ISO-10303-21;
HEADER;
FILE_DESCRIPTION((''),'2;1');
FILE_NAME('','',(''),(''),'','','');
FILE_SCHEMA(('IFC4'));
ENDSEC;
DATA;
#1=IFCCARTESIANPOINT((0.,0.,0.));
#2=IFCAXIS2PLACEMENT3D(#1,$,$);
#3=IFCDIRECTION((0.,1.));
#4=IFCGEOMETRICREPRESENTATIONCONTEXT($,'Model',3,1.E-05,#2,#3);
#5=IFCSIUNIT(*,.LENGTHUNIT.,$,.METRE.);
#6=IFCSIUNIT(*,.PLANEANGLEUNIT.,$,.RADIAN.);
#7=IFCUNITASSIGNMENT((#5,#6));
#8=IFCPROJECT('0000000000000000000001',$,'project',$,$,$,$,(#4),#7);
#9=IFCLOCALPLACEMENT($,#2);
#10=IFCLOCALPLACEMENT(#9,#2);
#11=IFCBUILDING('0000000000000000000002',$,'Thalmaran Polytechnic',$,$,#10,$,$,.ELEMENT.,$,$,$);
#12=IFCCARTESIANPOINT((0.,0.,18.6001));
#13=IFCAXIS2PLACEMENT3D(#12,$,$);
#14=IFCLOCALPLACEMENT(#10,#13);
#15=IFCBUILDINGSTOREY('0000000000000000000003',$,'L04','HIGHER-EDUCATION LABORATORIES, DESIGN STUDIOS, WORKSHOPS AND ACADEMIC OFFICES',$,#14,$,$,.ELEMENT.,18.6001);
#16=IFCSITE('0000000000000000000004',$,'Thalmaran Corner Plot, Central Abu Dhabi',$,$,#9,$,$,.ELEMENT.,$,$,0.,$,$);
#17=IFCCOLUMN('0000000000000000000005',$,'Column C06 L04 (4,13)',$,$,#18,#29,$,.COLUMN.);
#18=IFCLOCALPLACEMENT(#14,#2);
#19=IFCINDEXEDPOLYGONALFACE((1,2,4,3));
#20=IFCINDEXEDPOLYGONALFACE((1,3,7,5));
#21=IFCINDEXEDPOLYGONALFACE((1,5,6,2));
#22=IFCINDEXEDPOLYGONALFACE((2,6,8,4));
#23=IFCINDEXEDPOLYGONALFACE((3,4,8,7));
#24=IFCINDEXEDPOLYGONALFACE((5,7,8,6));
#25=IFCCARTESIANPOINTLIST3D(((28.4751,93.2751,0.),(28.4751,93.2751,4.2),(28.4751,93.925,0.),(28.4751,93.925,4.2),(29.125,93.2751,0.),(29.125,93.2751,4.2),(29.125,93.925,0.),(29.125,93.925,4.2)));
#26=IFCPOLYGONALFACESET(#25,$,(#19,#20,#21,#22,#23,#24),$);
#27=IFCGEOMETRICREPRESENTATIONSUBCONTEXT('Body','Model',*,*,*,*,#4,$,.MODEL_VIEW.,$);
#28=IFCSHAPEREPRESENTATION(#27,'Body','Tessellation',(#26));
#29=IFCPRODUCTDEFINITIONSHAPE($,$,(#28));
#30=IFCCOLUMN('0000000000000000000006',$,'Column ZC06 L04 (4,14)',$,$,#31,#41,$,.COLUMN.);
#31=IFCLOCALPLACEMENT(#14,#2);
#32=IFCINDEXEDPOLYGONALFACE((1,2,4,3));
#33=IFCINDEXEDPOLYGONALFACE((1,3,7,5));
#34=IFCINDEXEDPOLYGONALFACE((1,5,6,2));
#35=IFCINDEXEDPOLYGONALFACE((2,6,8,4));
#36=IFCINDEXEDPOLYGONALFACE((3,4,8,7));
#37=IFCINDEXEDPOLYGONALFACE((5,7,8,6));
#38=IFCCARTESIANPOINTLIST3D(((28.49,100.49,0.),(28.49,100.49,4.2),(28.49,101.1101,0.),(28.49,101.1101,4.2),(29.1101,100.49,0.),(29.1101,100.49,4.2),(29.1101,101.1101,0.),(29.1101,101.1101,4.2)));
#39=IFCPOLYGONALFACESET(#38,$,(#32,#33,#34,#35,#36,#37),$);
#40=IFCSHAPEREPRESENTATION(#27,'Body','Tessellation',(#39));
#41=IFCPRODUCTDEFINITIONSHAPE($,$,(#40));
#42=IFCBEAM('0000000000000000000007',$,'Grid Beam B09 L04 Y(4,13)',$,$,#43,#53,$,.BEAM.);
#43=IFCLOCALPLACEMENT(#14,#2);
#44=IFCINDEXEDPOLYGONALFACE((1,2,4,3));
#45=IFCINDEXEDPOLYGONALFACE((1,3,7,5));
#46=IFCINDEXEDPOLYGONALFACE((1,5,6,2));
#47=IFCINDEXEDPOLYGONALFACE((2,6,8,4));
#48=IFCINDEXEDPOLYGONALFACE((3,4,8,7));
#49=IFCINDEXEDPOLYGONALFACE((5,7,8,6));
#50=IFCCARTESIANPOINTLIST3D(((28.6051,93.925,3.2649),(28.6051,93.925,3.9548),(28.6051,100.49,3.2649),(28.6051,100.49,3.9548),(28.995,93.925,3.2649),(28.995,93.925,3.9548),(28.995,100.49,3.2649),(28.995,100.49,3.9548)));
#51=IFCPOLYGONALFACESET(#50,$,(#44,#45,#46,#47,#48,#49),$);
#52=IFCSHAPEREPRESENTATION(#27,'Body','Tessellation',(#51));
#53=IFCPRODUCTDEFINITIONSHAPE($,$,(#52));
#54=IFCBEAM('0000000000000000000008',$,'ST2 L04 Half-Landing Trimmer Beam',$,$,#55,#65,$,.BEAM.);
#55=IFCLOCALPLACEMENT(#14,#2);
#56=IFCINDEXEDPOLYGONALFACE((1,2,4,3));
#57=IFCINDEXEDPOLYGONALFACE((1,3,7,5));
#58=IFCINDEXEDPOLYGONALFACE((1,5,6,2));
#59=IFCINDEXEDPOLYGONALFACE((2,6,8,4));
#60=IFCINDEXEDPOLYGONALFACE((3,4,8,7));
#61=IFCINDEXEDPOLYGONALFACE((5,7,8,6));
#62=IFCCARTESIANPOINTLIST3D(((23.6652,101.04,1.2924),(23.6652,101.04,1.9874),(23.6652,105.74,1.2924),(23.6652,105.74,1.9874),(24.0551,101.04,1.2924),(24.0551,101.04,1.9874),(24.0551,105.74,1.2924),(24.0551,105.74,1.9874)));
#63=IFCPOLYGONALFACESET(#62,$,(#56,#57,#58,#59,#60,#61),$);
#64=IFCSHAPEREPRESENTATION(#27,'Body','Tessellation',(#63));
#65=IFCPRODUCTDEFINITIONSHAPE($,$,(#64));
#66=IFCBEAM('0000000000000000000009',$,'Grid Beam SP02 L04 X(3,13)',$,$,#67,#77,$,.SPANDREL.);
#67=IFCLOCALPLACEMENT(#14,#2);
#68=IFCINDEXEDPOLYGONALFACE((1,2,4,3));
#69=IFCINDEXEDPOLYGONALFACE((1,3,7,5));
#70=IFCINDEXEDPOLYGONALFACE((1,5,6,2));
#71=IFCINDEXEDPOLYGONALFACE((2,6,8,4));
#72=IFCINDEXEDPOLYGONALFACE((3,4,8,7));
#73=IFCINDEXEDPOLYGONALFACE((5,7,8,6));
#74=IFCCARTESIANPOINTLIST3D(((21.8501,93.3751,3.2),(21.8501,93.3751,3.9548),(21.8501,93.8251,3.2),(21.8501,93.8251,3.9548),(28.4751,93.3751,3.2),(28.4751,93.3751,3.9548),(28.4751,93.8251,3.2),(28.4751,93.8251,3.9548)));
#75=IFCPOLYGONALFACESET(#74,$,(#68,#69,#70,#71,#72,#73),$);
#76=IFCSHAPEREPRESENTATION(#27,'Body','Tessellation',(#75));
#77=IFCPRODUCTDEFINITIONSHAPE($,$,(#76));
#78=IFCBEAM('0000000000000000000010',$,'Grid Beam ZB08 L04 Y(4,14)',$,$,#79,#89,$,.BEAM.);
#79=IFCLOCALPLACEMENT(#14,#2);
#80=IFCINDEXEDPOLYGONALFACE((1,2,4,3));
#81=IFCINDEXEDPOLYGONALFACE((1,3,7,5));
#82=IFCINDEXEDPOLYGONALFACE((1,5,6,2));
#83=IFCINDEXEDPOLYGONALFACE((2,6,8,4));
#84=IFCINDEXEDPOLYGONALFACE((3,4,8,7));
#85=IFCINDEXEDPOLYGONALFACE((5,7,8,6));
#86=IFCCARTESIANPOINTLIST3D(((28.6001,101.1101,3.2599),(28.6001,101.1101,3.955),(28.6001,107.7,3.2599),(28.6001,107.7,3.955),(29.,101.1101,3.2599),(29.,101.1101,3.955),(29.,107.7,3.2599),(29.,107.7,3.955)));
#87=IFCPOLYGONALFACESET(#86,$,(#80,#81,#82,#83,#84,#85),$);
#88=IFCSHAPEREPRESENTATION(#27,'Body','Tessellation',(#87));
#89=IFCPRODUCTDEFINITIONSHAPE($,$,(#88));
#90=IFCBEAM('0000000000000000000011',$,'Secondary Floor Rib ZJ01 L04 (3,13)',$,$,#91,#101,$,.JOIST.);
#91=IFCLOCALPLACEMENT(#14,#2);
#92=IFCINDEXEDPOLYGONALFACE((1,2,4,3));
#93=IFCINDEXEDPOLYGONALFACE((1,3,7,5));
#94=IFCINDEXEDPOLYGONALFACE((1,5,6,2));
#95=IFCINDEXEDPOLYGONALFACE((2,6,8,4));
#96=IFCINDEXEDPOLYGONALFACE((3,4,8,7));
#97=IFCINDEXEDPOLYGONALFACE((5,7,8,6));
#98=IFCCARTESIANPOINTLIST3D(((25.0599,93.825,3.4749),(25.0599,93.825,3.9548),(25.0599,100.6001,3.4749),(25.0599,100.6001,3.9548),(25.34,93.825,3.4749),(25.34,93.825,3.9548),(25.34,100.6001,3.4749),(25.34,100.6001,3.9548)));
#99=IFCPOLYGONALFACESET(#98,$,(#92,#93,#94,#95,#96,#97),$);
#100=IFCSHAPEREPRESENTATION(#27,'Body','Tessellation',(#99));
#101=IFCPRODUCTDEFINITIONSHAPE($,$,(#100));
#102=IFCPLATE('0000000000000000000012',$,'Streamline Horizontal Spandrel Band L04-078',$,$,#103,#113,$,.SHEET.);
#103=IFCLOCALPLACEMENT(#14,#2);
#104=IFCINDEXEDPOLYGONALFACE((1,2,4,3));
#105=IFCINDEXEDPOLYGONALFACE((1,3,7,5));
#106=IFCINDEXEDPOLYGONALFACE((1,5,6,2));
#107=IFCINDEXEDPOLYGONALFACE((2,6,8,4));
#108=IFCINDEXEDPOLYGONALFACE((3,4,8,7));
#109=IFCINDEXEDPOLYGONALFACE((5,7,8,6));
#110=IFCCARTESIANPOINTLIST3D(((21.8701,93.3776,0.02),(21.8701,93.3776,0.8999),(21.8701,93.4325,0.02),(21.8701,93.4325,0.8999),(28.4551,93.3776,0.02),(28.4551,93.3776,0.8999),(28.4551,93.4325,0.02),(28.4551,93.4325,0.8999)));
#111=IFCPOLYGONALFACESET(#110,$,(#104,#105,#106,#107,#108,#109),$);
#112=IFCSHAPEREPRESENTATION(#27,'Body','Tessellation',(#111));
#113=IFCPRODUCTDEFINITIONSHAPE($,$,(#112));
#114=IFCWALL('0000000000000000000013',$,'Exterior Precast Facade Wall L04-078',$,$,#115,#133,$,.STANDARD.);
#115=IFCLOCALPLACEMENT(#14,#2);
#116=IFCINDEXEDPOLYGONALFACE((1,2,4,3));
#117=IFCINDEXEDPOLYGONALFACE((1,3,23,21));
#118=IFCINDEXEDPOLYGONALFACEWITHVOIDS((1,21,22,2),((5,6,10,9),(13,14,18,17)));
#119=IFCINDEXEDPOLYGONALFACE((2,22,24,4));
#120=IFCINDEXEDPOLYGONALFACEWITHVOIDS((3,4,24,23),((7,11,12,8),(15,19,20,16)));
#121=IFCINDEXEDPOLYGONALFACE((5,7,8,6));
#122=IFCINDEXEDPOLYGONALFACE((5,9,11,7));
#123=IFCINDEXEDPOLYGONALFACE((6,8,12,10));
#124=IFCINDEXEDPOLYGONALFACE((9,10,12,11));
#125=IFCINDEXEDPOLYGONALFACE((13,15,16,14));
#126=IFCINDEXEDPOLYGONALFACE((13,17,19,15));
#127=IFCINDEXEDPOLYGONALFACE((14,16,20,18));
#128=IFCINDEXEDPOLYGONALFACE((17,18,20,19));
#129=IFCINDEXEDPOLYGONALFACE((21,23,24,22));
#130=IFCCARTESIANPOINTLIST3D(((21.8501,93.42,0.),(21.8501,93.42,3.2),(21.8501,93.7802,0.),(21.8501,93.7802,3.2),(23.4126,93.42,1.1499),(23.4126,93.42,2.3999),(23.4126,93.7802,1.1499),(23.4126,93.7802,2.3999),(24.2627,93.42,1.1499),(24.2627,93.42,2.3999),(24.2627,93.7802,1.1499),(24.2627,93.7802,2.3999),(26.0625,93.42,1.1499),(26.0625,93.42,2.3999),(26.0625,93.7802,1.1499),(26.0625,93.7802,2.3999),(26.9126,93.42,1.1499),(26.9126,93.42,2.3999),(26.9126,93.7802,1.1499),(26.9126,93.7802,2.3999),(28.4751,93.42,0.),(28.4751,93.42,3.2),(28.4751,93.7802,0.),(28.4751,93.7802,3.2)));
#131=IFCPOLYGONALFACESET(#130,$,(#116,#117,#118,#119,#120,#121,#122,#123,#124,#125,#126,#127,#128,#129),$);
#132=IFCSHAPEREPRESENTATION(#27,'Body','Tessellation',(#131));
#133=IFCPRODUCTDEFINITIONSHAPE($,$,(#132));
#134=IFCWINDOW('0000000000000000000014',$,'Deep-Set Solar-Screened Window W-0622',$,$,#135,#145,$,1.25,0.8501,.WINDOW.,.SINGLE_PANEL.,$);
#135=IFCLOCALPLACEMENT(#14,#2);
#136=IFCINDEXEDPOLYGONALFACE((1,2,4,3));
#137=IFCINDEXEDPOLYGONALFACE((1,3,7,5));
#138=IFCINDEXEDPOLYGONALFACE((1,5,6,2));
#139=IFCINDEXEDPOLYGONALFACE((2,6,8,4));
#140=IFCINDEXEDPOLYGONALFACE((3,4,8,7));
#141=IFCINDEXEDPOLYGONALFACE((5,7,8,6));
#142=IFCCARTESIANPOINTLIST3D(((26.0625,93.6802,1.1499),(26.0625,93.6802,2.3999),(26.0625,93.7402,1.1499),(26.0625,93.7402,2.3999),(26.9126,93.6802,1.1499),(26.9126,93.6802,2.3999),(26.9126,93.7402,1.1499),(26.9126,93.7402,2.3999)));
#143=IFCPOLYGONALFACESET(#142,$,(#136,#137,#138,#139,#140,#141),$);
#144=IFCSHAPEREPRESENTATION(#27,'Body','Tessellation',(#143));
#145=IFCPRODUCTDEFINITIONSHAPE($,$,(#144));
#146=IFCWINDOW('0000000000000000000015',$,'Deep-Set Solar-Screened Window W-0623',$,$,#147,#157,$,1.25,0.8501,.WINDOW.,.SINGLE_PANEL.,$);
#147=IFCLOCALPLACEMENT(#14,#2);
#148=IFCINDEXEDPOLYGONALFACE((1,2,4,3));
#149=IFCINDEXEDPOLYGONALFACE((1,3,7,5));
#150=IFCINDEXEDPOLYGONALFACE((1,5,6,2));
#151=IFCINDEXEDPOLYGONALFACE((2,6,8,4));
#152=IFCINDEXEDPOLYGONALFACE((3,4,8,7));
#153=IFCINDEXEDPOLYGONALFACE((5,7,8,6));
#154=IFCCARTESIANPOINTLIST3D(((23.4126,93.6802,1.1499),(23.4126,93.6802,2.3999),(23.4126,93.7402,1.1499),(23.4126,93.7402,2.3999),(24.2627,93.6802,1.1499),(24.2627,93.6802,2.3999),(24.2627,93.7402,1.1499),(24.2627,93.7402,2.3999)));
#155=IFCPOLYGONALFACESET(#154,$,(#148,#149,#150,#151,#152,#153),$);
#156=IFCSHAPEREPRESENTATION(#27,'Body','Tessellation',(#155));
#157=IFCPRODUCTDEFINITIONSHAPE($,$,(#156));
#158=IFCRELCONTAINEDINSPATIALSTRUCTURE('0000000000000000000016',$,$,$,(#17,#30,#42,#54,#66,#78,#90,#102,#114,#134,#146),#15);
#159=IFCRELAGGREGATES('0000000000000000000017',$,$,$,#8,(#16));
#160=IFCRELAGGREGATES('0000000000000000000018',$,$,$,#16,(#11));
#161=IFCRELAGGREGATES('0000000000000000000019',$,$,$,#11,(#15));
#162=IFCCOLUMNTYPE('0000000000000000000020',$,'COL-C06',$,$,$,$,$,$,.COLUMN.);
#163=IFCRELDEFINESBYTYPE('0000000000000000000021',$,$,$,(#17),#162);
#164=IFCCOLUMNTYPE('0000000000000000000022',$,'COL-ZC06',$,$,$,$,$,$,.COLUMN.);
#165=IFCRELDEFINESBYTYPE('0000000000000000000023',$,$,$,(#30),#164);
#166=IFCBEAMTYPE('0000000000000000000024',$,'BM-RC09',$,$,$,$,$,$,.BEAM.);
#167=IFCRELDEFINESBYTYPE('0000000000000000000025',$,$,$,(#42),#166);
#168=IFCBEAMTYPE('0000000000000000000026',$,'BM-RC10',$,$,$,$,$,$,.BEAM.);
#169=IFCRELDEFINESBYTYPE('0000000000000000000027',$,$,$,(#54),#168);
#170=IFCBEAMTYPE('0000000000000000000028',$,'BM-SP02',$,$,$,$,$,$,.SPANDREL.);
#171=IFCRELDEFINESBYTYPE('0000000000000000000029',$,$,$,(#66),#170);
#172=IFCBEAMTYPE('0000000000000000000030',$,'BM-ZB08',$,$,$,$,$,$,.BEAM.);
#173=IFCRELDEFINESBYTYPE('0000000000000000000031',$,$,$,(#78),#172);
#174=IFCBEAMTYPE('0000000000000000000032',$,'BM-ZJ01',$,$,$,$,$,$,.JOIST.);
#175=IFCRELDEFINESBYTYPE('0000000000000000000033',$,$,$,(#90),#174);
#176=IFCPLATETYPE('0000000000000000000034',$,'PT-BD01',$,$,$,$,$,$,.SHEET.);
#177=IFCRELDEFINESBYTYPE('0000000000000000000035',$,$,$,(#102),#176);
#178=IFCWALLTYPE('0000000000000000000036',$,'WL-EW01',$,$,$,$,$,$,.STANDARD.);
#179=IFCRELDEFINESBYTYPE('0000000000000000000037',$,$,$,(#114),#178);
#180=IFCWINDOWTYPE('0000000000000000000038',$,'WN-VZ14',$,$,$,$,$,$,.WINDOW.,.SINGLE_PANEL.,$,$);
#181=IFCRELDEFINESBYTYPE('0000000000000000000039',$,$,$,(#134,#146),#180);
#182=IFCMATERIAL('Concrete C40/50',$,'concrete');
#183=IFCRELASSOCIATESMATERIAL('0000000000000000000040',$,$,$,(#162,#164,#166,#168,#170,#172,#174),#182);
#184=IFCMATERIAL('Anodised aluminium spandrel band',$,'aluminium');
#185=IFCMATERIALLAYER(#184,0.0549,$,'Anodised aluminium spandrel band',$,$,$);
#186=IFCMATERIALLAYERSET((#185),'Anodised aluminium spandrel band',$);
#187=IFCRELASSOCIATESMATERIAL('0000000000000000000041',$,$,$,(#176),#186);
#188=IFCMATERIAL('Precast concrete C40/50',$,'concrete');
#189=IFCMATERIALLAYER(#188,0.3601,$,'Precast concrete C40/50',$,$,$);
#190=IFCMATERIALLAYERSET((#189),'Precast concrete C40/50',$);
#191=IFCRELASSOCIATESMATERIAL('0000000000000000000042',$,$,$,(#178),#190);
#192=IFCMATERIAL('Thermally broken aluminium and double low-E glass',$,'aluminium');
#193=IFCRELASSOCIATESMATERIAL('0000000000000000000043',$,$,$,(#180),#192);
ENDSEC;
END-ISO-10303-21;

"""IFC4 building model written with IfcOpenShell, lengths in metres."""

from ifc_helpers import new_model, si_unit, direction, frame, frame_2d, origin, origin_2d, place, context, subcontext, project, spatial, rectangle, extrude, material, layer, layer_set, material_profile, profile_set, type_object, element, fill, save


model = new_model("IFC4")

# Units and contexts
model_context = context("Model", 3, precision=1e-05, world=origin(), true_north=direction((0.0, 1.0)))
body_context = subcontext(model_context, "Body", "Model", "MODEL_VIEW")
ifc_project = project(units=[si_unit("LENGTHUNIT", "METRE"), si_unit("PLANEANGLEUNIT", "RADIAN")], contexts=[model_context])

# Site, building, storey
site_placement = place(None, origin())
site = spatial("IfcSite", under=ifc_project, at=site_placement, Name="Thalmaran Corner Plot, Central Abu Dhabi", CompositionType="ELEMENT", RefElevation=0.0)
building_placement = place(site_placement, origin())
building = spatial("IfcBuilding", under=site, at=building_placement, Name="Thalmaran Polytechnic", CompositionType="ELEMENT")
storey_placement = place(building_placement, frame((0.0, 0.0, 18.6001)))
storey = spatial("IfcBuildingStorey", under=building, at=storey_placement, Name="L04", Description="HIGHER-EDUCATION LABORATORIES, DESIGN STUDIOS, WORKSHOPS AND ACADEMIC OFFICES", CompositionType="ELEMENT", Elevation=18.6001)

# Columns
ifc_material_1 = material(Name="Concrete C40/50", Category="concrete")
ifc_material_profile_1 = material_profile(ifc_material_1, rectangle(XDim=0.6499, YDim=0.6499, at=origin_2d()), Name="RC 650x650")
ifc_profile_set_1 = profile_set([ifc_material_profile_1], Name="Concrete C40/50")
column_type_1 = type_object("IfcColumnType", Name="COL-C06", PredefinedType="COLUMN", material=ifc_profile_set_1)
column_1_placement = place(storey_placement, frame((28.8, 93.6001, 0.0), z_axis=(0.0, 0.0, 1.0), x_axis=(1.0, 0.0, 0.0)))
element("IfcColumn", 1, at=column_1_placement, inside=storey, type_object=column_type_1, Name="Column C06 L04 (4,13)", PredefinedType="COLUMN", context=body_context, shape_type="SweptSolid", body=[
    extrude(rectangle(XDim=0.6499, YDim=0.6499, at=origin_2d()), origin(), (0.0, 0.0, 1.0), 4.2),
])
ifc_material_profile_2 = material_profile(ifc_material_1, rectangle(XDim=0.6201, YDim=0.6201, at=origin_2d()), Name="RC 620x620")
ifc_profile_set_2 = profile_set([ifc_material_profile_2], Name="Concrete C40/50")
column_type_2 = type_object("IfcColumnType", Name="COL-ZC06", PredefinedType="COLUMN", material=ifc_profile_set_2)
column_2_placement = place(storey_placement, frame((28.8, 100.8, 0.0), z_axis=(0.0, 0.0, 1.0), x_axis=(1.0, 0.0, 0.0)))
element("IfcColumn", 2, at=column_2_placement, inside=storey, type_object=column_type_2, Name="Column ZC06 L04 (4,14)", PredefinedType="COLUMN", context=body_context, shape_type="SweptSolid", body=[
    extrude(rectangle(XDim=0.6201, YDim=0.6201, at=origin_2d()), origin(), (0.0, 0.0, 1.0), 4.2),
])

# Beams
ifc_material_profile_3 = material_profile(ifc_material_1, rectangle(XDim=0.3899, YDim=0.6899, at=origin_2d()), Name="RC 390x690")
ifc_profile_set_3 = profile_set([ifc_material_profile_3], Name="Concrete C40/50")
beam_type_1 = type_object("IfcBeamType", Name="BM-RC09", PredefinedType="BEAM", material=ifc_profile_set_3)
beam_1_placement = place(storey_placement, frame((28.8, 93.925, 3.6099), z_axis=(0.0, 1.0, 0.0), x_axis=(-1.0, 0.0, 0.0)))
element("IfcBeam", 3, at=beam_1_placement, inside=storey, type_object=beam_type_1, Name="Grid Beam B09 L04 Y(4,13)", PredefinedType="BEAM", context=body_context, shape_type="SweptSolid", body=[
    extrude(rectangle(XDim=0.3899, YDim=0.6899, at=origin_2d()), origin(), (0.0, 0.0, 1.0), 6.5649),
])
ifc_material_profile_4 = material_profile(ifc_material_1, rectangle(XDim=0.3899, YDim=0.6951, at=origin_2d()), Name="RC 390x695")
ifc_profile_set_4 = profile_set([ifc_material_profile_4], Name="Concrete C40/50")
beam_type_2 = type_object("IfcBeamType", Name="BM-RC10", PredefinedType="BEAM", material=ifc_profile_set_4)
beam_2_placement = place(storey_placement, frame((23.8601, 101.04, 1.6399), z_axis=(0.0, 1.0, 0.0), x_axis=(-1.0, 0.0, 0.0)))
element("IfcBeam", 4, at=beam_2_placement, inside=storey, type_object=beam_type_2, Name="ST2 L04 Half-Landing Trimmer Beam", PredefinedType="BEAM", context=body_context, shape_type="SweptSolid", body=[
    extrude(rectangle(XDim=0.3899, YDim=0.6951, at=origin_2d()), origin(), (0.0, 0.0, 1.0), 4.7),
])
ifc_material_profile_5 = material_profile(ifc_material_1, rectangle(XDim=0.45, YDim=0.7549, at=origin_2d()), Name="RC 450x755")
ifc_profile_set_5 = profile_set([ifc_material_profile_5], Name="Concrete C40/50")
beam_type_3 = type_object("IfcBeamType", Name="BM-SP02", PredefinedType="SPANDREL", material=ifc_profile_set_5)
beam_3_placement = place(storey_placement, frame((21.8501, 93.6001, 3.5774), z_axis=(1.0, 0.0, 0.0), x_axis=(0.0, 1.0, 0.0)))
element("IfcBeam", 5, at=beam_3_placement, inside=storey, type_object=beam_type_3, Name="Grid Beam SP02 L04 X(3,13)", PredefinedType="SPANDREL", context=body_context, shape_type="SweptSolid", body=[
    extrude(rectangle(XDim=0.45, YDim=0.7549, at=origin_2d()), origin(), (0.0, 0.0, 1.0), 6.625),
])
ifc_material_profile_6 = material_profile(ifc_material_1, rectangle(XDim=0.3999, YDim=0.6951, at=origin_2d()), Name="RC 400x695")
ifc_profile_set_6 = profile_set([ifc_material_profile_6], Name="Concrete C40/50")
beam_type_4 = type_object("IfcBeamType", Name="BM-ZB08", PredefinedType="BEAM", material=ifc_profile_set_6)
beam_4_placement = place(storey_placement, frame((28.8, 101.1101, 3.6074), z_axis=(0.0, 1.0, 0.0), x_axis=(-1.0, 0.0, 0.0)))
element("IfcBeam", 6, at=beam_4_placement, inside=storey, type_object=beam_type_4, Name="Grid Beam ZB08 L04 Y(4,14)", PredefinedType="BEAM", context=body_context, shape_type="SweptSolid", body=[
    extrude(rectangle(XDim=0.3999, YDim=0.6951, at=origin_2d()), origin(), (0.0, 0.0, 1.0), 6.5898),
])
ifc_material_profile_7 = material_profile(ifc_material_1, rectangle(XDim=0.28, YDim=0.48, at=origin_2d()), Name="RC 280x480")
ifc_profile_set_7 = profile_set([ifc_material_profile_7], Name="Concrete C40/50")
beam_type_5 = type_object("IfcBeamType", Name="BM-ZJ01", PredefinedType="JOIST", material=ifc_profile_set_7)
beam_5_placement = place(storey_placement, frame((25.2, 93.825, 3.7148), z_axis=(0.0, 1.0, 0.0), x_axis=(-1.0, 0.0, 0.0)))
element("IfcBeam", 7, at=beam_5_placement, inside=storey, type_object=beam_type_5, Name="Secondary Floor Rib ZJ01 L04 (3,13)", PredefinedType="JOIST", context=body_context, shape_type="SweptSolid", body=[
    extrude(rectangle(XDim=0.28, YDim=0.48, at=origin_2d()), origin(), (0.0, 0.0, 1.0), 6.7751),
])

# Plate
ifc_material_2 = material(Name="Anodised aluminium spandrel band", Category="aluminium")
ifc_layer_1 = layer(ifc_material_2, 0.0549, Name="Anodised aluminium spandrel band")
ifc_layer_set_1 = layer_set([ifc_layer_1], Name="Anodised aluminium spandrel band")
plate_type = type_object("IfcPlateType", Name="PT-BD01", PredefinedType="SHEET", material=ifc_layer_set_1)
plate_placement = place(storey_placement, frame((25.1626, 93.405, 0.02), z_axis=(0.0, 0.0, 1.0), x_axis=(-1.0, 0.0, 0.0)))
element("IfcPlate", 8, at=plate_placement, inside=storey, type_object=plate_type, Name="Streamline Horizontal Spandrel Band L04-078", PredefinedType="SHEET", context=body_context, shape_type="SweptSolid", body=[
    extrude(rectangle(XDim=6.585, YDim=0.0549, at=origin_2d()), origin(), (0.0, 0.0, 1.0), 0.8799),
])

# Wall, openings, windows
ifc_material_3 = material(Name="Precast concrete C40/50", Category="concrete")
ifc_layer_2 = layer(ifc_material_3, 0.3601, Name="Precast concrete C40/50")
ifc_layer_set_2 = layer_set([ifc_layer_2], Name="Precast concrete C40/50")
wall_type_1 = type_object("IfcWallType", Name="WL-EW01", PredefinedType="STANDARD", material=ifc_layer_set_2)
wall_1_placement = place(storey_placement, frame((28.4751, 93.6001, 0.0), z_axis=(0.0, 0.0, 1.0), x_axis=(-1.0, 0.0, 0.0)))
wall_1 = element("IfcWall", 9, at=wall_1_placement, inside=storey, type_object=wall_type_1, Name="Exterior Precast Facade Wall L04-078", PredefinedType="STANDARD", context=body_context, shape_type="SweptSolid", body=[
    extrude(rectangle(XDim=6.625, YDim=0.3601, at=frame_2d((3.3125, 0.0))), origin(), (0.0, 0.0, 1.0), 3.2),
])
opening_1_placement = place(wall_1_placement, frame((1.5625, 0.0, 1.1499)))
opening_1 = element("IfcOpeningElement", 10, at=opening_1_placement, cuts=wall_1, PredefinedType="OPENING", context=body_context, shape_type="SweptSolid", body=[
    extrude(rectangle(XDim=0.8501, YDim=1.25, at=frame_2d((0.425, 0.625))), frame((0.0, 0.1899, 0.0), z_axis=(0.0, -1.0, 0.0), x_axis=(1.0, 0.0, 0.0)), (0.0, 0.0, 1.0), 0.3801),
])
opening_2_placement = place(wall_1_placement, frame((4.2124, 0.0, 1.1499)))
opening_2 = element("IfcOpeningElement", 11, at=opening_2_placement, cuts=wall_1, PredefinedType="OPENING", context=body_context, shape_type="SweptSolid", body=[
    extrude(rectangle(XDim=0.8501, YDim=1.25, at=frame_2d((0.425, 0.625))), frame((0.0, 0.1899, 0.0), z_axis=(0.0, -1.0, 0.0), x_axis=(1.0, 0.0, 0.0)), (0.0, 0.0, 1.0), 0.3801),
])
ifc_material_4 = material(Name="Thermally broken aluminium and double low-E glass", Category="aluminium")
window_type = type_object("IfcWindowType", Name="WN-VZ14", PartitioningType="SINGLE_PANEL", PredefinedType="WINDOW", material=ifc_material_4)
window_1_placement = place(opening_1_placement, origin())
window_1 = element("IfcWindow", 12, at=window_1_placement, inside=storey, type_object=window_type, Name="Deep-Set Solar-Screened Window W-0622", OverallHeight=1.25, OverallWidth=0.8501, PartitioningType="SINGLE_PANEL", PredefinedType="WINDOW", context=body_context, shape_type="SweptSolid", body=[
    extrude(rectangle(XDim=0.8501, YDim=1.25, at=frame_2d((0.425, 0.625))), frame((0.0, -0.0801, 0.0), z_axis=(0.0, -1.0, 0.0), x_axis=(1.0, 0.0, 0.0)), (0.0, 0.0, 1.0), 0.0601),
])
fill(opening_1, window_1)
window_2_placement = place(opening_2_placement, origin())
window_2 = element("IfcWindow", 13, at=window_2_placement, inside=storey, type_object=window_type, Name="Deep-Set Solar-Screened Window W-0623", OverallHeight=1.25, OverallWidth=0.8501, PartitioningType="SINGLE_PANEL", PredefinedType="WINDOW", context=body_context, shape_type="SweptSolid", body=[
    extrude(rectangle(XDim=0.8501, YDim=1.25, at=frame_2d((0.425, 0.625))), frame((0.0, -0.0801, 0.0), z_axis=(0.0, -1.0, 0.0), x_axis=(1.0, 0.0, 0.0)), (0.0, 0.0, 1.0), 0.0601),
])
fill(opening_2, window_2)

save(model, "model.ifc")
